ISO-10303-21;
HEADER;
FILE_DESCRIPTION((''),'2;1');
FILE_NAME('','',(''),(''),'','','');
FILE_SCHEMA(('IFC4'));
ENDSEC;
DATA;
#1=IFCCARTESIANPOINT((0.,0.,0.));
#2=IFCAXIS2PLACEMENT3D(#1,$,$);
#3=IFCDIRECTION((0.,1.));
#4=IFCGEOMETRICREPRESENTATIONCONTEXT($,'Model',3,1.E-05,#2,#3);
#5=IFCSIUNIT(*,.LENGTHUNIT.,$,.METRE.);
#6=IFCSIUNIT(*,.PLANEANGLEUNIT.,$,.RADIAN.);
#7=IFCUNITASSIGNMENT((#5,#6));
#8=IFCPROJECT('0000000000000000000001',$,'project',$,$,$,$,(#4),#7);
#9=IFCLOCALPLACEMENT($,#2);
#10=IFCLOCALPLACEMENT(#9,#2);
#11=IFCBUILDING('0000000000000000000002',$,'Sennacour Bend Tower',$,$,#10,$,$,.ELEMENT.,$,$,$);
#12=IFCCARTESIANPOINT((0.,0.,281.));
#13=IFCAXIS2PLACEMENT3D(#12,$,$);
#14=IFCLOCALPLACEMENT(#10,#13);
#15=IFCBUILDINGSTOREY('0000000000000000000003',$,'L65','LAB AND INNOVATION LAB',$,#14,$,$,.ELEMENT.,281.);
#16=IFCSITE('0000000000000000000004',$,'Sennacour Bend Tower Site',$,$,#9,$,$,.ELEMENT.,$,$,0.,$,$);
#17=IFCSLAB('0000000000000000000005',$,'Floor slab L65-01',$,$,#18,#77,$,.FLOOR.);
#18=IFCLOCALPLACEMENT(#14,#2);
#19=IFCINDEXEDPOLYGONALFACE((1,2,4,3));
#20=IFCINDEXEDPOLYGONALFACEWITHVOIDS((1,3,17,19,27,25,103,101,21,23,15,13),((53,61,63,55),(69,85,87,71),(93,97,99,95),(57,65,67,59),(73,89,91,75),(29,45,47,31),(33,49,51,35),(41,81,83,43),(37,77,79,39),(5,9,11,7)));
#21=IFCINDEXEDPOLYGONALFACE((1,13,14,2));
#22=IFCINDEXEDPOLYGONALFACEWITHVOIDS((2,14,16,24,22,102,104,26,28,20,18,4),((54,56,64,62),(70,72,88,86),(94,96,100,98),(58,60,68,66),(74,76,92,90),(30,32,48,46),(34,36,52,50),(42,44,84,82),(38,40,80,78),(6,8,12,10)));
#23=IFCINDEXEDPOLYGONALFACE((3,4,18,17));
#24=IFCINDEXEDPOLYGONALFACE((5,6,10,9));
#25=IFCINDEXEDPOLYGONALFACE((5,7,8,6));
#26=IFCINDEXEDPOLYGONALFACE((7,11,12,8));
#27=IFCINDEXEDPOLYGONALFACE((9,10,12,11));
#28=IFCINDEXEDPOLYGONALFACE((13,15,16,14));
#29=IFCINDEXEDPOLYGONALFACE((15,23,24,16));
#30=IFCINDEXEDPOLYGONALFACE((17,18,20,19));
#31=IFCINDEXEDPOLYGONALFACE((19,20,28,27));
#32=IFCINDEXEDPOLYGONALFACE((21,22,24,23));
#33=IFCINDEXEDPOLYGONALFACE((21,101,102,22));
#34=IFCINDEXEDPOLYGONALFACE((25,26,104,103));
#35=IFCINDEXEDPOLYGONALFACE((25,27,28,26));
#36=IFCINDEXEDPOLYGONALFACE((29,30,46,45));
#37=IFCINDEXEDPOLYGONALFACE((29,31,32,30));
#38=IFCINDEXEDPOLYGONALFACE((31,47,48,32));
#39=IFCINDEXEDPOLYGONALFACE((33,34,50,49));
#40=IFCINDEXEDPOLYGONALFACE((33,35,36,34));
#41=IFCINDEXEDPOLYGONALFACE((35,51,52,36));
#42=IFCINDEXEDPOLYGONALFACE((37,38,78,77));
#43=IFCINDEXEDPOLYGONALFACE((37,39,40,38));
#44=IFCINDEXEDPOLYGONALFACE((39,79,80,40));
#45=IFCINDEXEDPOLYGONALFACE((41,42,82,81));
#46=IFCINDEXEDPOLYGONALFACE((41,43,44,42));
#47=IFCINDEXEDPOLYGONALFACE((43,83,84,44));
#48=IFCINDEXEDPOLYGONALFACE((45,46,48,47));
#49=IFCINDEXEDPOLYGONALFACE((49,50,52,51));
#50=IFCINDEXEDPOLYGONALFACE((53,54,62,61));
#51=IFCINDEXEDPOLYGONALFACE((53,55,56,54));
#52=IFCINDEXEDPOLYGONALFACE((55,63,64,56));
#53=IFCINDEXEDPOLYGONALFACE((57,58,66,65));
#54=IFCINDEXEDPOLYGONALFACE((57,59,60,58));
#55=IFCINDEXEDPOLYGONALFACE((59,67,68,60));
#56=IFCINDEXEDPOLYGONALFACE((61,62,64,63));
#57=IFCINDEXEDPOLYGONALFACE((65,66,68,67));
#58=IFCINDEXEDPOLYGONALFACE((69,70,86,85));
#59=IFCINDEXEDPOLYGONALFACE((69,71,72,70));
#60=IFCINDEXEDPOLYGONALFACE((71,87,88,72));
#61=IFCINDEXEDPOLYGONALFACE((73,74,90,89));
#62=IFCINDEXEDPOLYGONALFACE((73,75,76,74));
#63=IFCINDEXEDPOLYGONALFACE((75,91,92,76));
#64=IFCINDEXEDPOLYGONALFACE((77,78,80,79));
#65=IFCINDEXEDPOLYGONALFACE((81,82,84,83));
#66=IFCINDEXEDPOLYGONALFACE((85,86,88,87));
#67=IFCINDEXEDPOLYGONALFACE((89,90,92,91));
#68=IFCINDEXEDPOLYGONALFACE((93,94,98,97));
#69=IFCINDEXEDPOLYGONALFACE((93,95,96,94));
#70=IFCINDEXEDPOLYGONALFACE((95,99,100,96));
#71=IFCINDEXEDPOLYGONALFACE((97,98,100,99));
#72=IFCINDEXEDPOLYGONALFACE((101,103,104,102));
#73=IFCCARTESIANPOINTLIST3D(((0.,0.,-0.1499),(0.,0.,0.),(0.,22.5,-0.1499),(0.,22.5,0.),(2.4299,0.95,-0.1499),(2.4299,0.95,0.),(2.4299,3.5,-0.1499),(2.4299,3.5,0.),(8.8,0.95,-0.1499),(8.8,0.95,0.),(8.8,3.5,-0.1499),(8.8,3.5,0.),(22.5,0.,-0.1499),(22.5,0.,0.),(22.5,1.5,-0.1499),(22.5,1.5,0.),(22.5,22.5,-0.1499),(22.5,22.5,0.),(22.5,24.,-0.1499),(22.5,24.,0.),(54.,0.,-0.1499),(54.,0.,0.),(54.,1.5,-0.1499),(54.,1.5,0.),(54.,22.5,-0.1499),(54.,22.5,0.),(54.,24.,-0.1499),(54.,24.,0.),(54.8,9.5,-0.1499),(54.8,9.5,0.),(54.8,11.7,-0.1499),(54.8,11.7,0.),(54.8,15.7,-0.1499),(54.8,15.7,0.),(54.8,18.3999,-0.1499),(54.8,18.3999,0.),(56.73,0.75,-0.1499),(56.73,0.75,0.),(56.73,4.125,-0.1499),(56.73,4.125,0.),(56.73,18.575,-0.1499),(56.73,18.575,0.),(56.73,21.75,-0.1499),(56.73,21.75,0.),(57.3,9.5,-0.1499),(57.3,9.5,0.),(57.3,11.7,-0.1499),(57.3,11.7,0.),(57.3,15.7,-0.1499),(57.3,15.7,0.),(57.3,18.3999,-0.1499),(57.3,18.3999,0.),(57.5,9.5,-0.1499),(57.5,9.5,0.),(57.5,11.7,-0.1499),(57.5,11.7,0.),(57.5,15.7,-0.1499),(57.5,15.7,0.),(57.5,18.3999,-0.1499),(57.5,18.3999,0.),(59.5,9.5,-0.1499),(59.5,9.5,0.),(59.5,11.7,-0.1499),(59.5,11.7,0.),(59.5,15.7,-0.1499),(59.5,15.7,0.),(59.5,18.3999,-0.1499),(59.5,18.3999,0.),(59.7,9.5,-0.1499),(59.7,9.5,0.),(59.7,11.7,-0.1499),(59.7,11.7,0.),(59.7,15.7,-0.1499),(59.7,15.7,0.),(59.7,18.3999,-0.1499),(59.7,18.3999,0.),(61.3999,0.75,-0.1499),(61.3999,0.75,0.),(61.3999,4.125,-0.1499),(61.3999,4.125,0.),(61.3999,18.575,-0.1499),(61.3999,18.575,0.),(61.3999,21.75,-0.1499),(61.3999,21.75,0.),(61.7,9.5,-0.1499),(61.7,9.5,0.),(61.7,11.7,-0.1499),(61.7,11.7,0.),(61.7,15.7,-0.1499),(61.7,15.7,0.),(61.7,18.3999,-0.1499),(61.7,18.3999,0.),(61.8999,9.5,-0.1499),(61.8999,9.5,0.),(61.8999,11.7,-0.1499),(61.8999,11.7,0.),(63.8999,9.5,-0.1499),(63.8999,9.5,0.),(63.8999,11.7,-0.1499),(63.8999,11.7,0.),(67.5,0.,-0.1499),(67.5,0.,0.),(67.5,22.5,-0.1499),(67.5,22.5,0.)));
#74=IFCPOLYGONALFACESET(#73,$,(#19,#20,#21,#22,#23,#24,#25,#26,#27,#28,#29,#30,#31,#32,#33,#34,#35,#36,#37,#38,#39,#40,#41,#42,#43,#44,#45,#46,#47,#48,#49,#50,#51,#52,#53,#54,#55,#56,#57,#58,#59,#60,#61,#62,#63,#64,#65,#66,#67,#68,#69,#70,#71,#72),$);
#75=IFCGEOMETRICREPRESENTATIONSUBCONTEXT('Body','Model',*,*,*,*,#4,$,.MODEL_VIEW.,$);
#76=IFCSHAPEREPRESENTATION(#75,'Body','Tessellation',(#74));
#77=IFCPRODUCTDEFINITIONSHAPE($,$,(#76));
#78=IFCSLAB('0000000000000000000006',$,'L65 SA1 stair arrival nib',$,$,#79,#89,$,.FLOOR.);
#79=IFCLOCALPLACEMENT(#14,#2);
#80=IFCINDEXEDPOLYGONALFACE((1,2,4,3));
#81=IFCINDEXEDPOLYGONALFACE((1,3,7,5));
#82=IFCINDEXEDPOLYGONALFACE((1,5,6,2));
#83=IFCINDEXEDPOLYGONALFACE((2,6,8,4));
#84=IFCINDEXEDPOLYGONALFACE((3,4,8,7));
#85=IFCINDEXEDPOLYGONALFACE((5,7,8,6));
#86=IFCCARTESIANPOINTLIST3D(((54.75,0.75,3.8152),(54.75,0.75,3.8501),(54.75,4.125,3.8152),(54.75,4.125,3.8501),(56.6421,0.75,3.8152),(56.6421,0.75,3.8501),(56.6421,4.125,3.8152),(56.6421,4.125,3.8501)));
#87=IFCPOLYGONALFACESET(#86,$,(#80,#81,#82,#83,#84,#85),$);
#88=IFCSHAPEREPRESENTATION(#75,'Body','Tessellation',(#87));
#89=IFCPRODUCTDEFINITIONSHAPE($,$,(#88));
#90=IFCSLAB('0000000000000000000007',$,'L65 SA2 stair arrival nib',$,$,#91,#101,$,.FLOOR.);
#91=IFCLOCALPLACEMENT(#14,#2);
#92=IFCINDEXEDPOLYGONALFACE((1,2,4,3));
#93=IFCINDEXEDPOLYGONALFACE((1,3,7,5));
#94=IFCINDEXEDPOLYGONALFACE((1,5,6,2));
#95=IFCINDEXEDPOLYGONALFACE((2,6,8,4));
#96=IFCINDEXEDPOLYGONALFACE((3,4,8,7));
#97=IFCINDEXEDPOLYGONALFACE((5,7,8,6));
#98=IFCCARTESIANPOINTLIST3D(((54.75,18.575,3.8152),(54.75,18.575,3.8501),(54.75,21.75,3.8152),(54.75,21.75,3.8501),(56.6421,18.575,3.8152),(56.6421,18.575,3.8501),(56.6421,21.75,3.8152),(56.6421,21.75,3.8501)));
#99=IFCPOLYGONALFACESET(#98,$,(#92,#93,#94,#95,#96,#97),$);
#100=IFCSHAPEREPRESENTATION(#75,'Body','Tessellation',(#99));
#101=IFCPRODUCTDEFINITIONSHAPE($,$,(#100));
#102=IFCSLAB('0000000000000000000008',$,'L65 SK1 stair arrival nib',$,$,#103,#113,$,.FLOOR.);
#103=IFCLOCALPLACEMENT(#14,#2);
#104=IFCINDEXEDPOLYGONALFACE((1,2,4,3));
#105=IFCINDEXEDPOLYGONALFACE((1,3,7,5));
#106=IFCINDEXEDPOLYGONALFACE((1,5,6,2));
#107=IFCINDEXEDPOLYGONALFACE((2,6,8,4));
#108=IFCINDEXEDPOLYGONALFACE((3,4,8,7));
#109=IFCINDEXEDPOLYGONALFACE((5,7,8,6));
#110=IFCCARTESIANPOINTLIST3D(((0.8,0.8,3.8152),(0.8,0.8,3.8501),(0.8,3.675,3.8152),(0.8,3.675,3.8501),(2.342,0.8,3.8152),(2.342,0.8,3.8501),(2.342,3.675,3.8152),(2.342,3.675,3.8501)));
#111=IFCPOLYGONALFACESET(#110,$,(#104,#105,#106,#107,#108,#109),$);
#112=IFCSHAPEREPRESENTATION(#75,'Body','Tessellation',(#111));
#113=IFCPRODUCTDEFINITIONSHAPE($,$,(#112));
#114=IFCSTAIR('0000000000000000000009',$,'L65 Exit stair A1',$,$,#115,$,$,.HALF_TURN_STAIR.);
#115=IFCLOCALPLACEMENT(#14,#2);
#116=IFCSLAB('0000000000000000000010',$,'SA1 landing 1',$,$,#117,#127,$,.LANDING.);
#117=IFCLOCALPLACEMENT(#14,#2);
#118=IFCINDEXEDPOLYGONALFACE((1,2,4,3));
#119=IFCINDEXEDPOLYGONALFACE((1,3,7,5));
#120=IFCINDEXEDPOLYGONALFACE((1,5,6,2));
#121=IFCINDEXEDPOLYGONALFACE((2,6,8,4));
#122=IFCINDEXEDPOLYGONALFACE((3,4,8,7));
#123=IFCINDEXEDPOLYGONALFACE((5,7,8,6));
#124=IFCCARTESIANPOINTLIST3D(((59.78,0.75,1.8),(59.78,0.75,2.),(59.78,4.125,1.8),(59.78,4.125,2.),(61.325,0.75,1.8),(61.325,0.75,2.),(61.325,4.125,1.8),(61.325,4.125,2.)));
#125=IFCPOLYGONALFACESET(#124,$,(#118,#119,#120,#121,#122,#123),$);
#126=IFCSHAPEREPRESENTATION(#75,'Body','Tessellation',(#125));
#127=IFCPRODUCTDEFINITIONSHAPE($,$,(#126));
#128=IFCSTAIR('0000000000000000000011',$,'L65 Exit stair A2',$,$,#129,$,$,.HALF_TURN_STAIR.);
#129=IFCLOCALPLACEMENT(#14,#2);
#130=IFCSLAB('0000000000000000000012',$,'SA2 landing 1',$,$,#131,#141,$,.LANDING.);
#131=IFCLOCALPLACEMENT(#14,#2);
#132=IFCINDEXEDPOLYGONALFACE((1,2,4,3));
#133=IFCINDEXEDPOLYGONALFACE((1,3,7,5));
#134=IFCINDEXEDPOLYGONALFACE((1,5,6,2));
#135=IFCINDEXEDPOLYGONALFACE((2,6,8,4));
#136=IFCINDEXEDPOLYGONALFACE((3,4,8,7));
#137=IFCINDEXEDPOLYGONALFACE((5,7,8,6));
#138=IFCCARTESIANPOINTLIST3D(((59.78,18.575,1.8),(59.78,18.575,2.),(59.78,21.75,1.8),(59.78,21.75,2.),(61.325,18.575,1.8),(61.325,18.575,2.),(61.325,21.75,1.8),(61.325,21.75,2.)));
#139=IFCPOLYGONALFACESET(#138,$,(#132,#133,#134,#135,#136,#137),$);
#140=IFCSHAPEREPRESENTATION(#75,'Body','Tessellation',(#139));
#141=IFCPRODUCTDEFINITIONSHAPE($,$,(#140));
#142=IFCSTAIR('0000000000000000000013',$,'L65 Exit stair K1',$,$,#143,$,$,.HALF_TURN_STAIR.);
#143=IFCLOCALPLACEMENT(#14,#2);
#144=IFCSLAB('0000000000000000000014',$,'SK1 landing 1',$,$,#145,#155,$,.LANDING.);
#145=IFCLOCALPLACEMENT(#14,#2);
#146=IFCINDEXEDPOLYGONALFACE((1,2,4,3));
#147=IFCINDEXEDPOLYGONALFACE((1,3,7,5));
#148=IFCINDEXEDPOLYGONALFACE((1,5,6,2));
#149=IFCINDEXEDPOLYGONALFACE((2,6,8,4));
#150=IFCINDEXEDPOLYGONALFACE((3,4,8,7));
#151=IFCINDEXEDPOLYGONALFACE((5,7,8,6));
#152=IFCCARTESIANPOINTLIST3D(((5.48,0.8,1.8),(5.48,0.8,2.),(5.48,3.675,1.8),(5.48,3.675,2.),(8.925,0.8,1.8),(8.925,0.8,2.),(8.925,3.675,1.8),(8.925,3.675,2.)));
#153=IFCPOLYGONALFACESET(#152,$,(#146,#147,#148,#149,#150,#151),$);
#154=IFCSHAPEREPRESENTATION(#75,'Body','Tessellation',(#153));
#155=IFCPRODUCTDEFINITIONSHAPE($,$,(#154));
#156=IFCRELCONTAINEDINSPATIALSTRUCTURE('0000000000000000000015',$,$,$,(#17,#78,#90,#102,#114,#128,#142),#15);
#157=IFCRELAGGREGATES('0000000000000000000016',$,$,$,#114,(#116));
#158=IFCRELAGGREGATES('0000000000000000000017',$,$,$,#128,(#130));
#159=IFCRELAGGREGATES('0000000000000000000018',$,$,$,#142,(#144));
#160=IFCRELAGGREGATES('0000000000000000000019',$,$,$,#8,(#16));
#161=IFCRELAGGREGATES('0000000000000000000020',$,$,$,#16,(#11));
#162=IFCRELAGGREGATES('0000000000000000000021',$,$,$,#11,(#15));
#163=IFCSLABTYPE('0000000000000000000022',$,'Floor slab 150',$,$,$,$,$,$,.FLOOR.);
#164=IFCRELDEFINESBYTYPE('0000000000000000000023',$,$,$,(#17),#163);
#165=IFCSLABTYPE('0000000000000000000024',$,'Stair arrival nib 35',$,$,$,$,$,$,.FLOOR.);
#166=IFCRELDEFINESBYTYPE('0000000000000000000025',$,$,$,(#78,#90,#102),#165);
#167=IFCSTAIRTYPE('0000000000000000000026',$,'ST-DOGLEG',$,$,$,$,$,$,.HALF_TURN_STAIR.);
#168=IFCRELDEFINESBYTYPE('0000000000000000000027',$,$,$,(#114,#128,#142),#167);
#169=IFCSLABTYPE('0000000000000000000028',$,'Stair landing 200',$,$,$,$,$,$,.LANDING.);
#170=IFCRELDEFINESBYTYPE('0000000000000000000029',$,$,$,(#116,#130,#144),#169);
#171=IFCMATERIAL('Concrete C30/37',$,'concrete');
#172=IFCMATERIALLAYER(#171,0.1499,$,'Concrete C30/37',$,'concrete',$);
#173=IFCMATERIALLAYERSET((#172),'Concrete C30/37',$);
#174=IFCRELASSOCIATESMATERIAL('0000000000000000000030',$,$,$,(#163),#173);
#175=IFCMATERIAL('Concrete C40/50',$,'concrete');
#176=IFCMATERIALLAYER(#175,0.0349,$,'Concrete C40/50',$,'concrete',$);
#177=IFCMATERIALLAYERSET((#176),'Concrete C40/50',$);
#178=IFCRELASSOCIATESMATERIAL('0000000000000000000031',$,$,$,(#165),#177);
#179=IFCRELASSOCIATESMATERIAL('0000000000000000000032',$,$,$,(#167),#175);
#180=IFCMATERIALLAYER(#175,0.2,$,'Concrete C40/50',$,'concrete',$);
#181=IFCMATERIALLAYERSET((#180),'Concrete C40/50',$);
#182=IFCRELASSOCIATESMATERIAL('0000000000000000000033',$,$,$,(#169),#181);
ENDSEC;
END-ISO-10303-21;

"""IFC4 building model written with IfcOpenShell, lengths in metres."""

from ifc_helpers import new_model, si_unit, direction, frame, origin, place, context, subcontext, project, spatial, polyline, outline, extrude, material, layer, layer_set, type_object, element, aggregate, save


model = new_model("IFC4")

# Units and contexts
model_context = context("Model", 3, precision=1e-05, world=origin(), true_north=direction((0.0, 1.0)))
body_context = subcontext(model_context, "Body", "Model", "MODEL_VIEW")
ifc_project = project(units=[si_unit("LENGTHUNIT", "METRE"), si_unit("PLANEANGLEUNIT", "RADIAN")], contexts=[model_context])

# Site, building, storey
site_placement = place(None, origin())
site = spatial("IfcSite", under=ifc_project, at=site_placement, Name="Sennacour Bend Tower Site", CompositionType="ELEMENT", RefElevation=0.0)
building_placement = place(site_placement, origin())
building = spatial("IfcBuilding", under=site, at=building_placement, Name="Sennacour Bend Tower", CompositionType="ELEMENT")
storey_placement = place(building_placement, frame((0.0, 0.0, 281.0)))
storey = spatial("IfcBuildingStorey", under=building, at=storey_placement, Name="L65", Description="LAB AND INNOVATION LAB", CompositionType="ELEMENT", Elevation=281.0)

# Slabs
ifc_material_1 = material(Name="Concrete C30/37", Category="concrete")
ifc_layer_1 = layer(ifc_material_1, 0.1499, Name="Concrete C30/37", Category="concrete")
ifc_layer_set_1 = layer_set([ifc_layer_1], Name="Concrete C30/37")
slab_type_1 = type_object("IfcSlabType", Name="Floor slab 150", PredefinedType="FLOOR", material=ifc_layer_set_1)
slab_1_placement = place(storey_placement, frame((0.0, 0.0, -0.1499)))
element("IfcSlab", 1, at=slab_1_placement, inside=storey, type_object=slab_type_1, Name="Floor slab L65-01", PredefinedType="FLOOR", context=body_context, shape_type="SweptSolid", body=[
    extrude(outline(polyline([(0.0, 0.0), (0.0, 22.5), (22.5, 22.5), (22.5, 24.0), (54.0, 24.0), (54.0, 22.5), (67.5, 22.5), (67.5, 0.0), (54.0, 0.0), (54.0, 1.5), (22.5, 1.5), (22.5, 0.0), (0.0, 0.0)]), holes=[polyline([(8.8, 3.5), (2.4299, 3.5), (2.4299, 0.95), (8.8, 0.95), (8.8, 3.5)]), polyline([(61.3999, 4.125), (56.73, 4.125), (56.73, 0.75), (61.3999, 0.75), (61.3999, 4.125)]), polyline([(57.3, 11.7), (54.8, 11.7), (54.8, 9.5), (57.3, 9.5), (57.3, 11.7)]), polyline([(59.5, 9.5), (59.5, 11.7), (57.5, 11.7), (57.5, 9.5), (59.5, 9.5)]), polyline([(61.7, 9.5), (61.7, 11.7), (59.7, 11.7), (59.7, 9.5), (61.7, 9.5)]), polyline([(63.8999, 11.7), (61.8999, 11.7), (61.8999, 9.5), (63.8999, 9.5), (63.8999, 11.7)]), polyline([(57.3, 18.3999), (54.8, 18.3999), (54.8, 15.7), (57.3, 15.7), (57.3, 18.3999)]), polyline([(59.5, 18.3999), (57.5, 18.3999), (57.5, 15.7), (59.5, 15.7), (59.5, 18.3999)]), polyline([(61.7, 15.7), (61.7, 18.3999), (59.7, 18.3999), (59.7, 15.7), (61.7, 15.7)]), polyline([(61.3999, 18.575), (61.3999, 21.75), (56.73, 21.75), (56.73, 18.575), (61.3999, 18.575)])]), origin(), (0.0, 0.0, 1.0), 0.1499),
])
ifc_material_2 = material(Name="Concrete C40/50", Category="concrete")
ifc_layer_2 = layer(ifc_material_2, 0.0349, Name="Concrete C40/50", Category="concrete")
ifc_layer_set_2 = layer_set([ifc_layer_2], Name="Concrete C40/50")
slab_type_2 = type_object("IfcSlabType", Name="Stair arrival nib 35", PredefinedType="FLOOR", material=ifc_layer_set_2)
slab_2_placement = place(storey_placement, frame((0.0, 0.0, 3.8152)))
element("IfcSlab", 2, at=slab_2_placement, inside=storey, type_object=slab_type_2, Name="L65 SA1 stair arrival nib", PredefinedType="FLOOR", context=body_context, shape_type="SweptSolid", body=[
    extrude(outline(polyline([(56.6421, 4.125), (54.75, 4.125), (54.75, 0.75), (56.6421, 0.75), (56.6421, 4.125)])), origin(), (0.0, 0.0, 1.0), 0.0349),
])
slab_3_placement = place(storey_placement, frame((0.0, 0.0, 3.8152)))
element("IfcSlab", 3, at=slab_3_placement, inside=storey, type_object=slab_type_2, Name="L65 SA2 stair arrival nib", PredefinedType="FLOOR", context=body_context, shape_type="SweptSolid", body=[
    extrude(outline(polyline([(56.6421, 21.75), (54.75, 21.75), (54.75, 18.575), (56.6421, 18.575), (56.6421, 21.75)])), origin(), (0.0, 0.0, 1.0), 0.0349),
])
slab_4_placement = place(storey_placement, frame((0.0, 0.0, 3.8152)))
element("IfcSlab", 4, at=slab_4_placement, inside=storey, type_object=slab_type_2, Name="L65 SK1 stair arrival nib", PredefinedType="FLOOR", context=body_context, shape_type="SweptSolid", body=[
    extrude(outline(polyline([(2.342, 3.675), (0.8, 3.675), (0.8, 0.8), (2.342, 0.8), (2.342, 3.675)])), origin(), (0.0, 0.0, 1.0), 0.0349),
])

# Stairs, slabs
stair_type = type_object("IfcStairType", Name="ST-DOGLEG", PredefinedType="HALF_TURN_STAIR", material=ifc_material_2)
stair_1_placement = place(storey_placement, origin())
stair_1 = element("IfcStair", 5, at=stair_1_placement, inside=storey, type_object=stair_type, Name="L65 Exit stair A1", PredefinedType="HALF_TURN_STAIR")
ifc_layer_3 = layer(ifc_material_2, 0.2, Name="Concrete C40/50", Category="concrete")
ifc_layer_set_3 = layer_set([ifc_layer_3], Name="Concrete C40/50")
slab_type_3 = type_object("IfcSlabType", Name="Stair landing 200", PredefinedType="LANDING", material=ifc_layer_set_3)
slab_5_placement = place(storey_placement, frame((0.0, 0.0, 1.8)))
slab_5 = element("IfcSlab", 6, at=slab_5_placement, type_object=slab_type_3, Name="SA1 landing 1", PredefinedType="LANDING", context=body_context, shape_type="SweptSolid", body=[
    extrude(outline(polyline([(59.78, 0.75), (61.325, 0.75), (61.325, 4.125), (59.78, 4.125), (59.78, 0.75)])), origin(), (0.0, 0.0, 1.0), 0.2),
])
aggregate(stair_1, [slab_5])
stair_2_placement = place(storey_placement, origin())
stair_2 = element("IfcStair", 7, at=stair_2_placement, inside=storey, type_object=stair_type, Name="L65 Exit stair A2", PredefinedType="HALF_TURN_STAIR")
slab_6_placement = place(storey_placement, frame((0.0, 0.0, 1.8)))
slab_6 = element("IfcSlab", 8, at=slab_6_placement, type_object=slab_type_3, Name="SA2 landing 1", PredefinedType="LANDING", context=body_context, shape_type="SweptSolid", body=[
    extrude(outline(polyline([(59.78, 18.575), (61.325, 18.575), (61.325, 21.75), (59.78, 21.75), (59.78, 18.575)])), origin(), (0.0, 0.0, 1.0), 0.2),
])
aggregate(stair_2, [slab_6])
stair_3_placement = place(storey_placement, origin())
stair_3 = element("IfcStair", 9, at=stair_3_placement, inside=storey, type_object=stair_type, Name="L65 Exit stair K1", PredefinedType="HALF_TURN_STAIR")
slab_7_placement = place(storey_placement, frame((0.0, 0.0, 1.8)))
slab_7 = element("IfcSlab", 10, at=slab_7_placement, type_object=slab_type_3, Name="SK1 landing 1", PredefinedType="LANDING", context=body_context, shape_type="SweptSolid", body=[
    extrude(outline(polyline([(5.48, 0.8), (8.925, 0.8), (8.925, 3.675), (5.48, 3.675), (5.48, 0.8)])), origin(), (0.0, 0.0, 1.0), 0.2),
])

aggregate(stair_3, [slab_7])

save(model, "model.ifc")
